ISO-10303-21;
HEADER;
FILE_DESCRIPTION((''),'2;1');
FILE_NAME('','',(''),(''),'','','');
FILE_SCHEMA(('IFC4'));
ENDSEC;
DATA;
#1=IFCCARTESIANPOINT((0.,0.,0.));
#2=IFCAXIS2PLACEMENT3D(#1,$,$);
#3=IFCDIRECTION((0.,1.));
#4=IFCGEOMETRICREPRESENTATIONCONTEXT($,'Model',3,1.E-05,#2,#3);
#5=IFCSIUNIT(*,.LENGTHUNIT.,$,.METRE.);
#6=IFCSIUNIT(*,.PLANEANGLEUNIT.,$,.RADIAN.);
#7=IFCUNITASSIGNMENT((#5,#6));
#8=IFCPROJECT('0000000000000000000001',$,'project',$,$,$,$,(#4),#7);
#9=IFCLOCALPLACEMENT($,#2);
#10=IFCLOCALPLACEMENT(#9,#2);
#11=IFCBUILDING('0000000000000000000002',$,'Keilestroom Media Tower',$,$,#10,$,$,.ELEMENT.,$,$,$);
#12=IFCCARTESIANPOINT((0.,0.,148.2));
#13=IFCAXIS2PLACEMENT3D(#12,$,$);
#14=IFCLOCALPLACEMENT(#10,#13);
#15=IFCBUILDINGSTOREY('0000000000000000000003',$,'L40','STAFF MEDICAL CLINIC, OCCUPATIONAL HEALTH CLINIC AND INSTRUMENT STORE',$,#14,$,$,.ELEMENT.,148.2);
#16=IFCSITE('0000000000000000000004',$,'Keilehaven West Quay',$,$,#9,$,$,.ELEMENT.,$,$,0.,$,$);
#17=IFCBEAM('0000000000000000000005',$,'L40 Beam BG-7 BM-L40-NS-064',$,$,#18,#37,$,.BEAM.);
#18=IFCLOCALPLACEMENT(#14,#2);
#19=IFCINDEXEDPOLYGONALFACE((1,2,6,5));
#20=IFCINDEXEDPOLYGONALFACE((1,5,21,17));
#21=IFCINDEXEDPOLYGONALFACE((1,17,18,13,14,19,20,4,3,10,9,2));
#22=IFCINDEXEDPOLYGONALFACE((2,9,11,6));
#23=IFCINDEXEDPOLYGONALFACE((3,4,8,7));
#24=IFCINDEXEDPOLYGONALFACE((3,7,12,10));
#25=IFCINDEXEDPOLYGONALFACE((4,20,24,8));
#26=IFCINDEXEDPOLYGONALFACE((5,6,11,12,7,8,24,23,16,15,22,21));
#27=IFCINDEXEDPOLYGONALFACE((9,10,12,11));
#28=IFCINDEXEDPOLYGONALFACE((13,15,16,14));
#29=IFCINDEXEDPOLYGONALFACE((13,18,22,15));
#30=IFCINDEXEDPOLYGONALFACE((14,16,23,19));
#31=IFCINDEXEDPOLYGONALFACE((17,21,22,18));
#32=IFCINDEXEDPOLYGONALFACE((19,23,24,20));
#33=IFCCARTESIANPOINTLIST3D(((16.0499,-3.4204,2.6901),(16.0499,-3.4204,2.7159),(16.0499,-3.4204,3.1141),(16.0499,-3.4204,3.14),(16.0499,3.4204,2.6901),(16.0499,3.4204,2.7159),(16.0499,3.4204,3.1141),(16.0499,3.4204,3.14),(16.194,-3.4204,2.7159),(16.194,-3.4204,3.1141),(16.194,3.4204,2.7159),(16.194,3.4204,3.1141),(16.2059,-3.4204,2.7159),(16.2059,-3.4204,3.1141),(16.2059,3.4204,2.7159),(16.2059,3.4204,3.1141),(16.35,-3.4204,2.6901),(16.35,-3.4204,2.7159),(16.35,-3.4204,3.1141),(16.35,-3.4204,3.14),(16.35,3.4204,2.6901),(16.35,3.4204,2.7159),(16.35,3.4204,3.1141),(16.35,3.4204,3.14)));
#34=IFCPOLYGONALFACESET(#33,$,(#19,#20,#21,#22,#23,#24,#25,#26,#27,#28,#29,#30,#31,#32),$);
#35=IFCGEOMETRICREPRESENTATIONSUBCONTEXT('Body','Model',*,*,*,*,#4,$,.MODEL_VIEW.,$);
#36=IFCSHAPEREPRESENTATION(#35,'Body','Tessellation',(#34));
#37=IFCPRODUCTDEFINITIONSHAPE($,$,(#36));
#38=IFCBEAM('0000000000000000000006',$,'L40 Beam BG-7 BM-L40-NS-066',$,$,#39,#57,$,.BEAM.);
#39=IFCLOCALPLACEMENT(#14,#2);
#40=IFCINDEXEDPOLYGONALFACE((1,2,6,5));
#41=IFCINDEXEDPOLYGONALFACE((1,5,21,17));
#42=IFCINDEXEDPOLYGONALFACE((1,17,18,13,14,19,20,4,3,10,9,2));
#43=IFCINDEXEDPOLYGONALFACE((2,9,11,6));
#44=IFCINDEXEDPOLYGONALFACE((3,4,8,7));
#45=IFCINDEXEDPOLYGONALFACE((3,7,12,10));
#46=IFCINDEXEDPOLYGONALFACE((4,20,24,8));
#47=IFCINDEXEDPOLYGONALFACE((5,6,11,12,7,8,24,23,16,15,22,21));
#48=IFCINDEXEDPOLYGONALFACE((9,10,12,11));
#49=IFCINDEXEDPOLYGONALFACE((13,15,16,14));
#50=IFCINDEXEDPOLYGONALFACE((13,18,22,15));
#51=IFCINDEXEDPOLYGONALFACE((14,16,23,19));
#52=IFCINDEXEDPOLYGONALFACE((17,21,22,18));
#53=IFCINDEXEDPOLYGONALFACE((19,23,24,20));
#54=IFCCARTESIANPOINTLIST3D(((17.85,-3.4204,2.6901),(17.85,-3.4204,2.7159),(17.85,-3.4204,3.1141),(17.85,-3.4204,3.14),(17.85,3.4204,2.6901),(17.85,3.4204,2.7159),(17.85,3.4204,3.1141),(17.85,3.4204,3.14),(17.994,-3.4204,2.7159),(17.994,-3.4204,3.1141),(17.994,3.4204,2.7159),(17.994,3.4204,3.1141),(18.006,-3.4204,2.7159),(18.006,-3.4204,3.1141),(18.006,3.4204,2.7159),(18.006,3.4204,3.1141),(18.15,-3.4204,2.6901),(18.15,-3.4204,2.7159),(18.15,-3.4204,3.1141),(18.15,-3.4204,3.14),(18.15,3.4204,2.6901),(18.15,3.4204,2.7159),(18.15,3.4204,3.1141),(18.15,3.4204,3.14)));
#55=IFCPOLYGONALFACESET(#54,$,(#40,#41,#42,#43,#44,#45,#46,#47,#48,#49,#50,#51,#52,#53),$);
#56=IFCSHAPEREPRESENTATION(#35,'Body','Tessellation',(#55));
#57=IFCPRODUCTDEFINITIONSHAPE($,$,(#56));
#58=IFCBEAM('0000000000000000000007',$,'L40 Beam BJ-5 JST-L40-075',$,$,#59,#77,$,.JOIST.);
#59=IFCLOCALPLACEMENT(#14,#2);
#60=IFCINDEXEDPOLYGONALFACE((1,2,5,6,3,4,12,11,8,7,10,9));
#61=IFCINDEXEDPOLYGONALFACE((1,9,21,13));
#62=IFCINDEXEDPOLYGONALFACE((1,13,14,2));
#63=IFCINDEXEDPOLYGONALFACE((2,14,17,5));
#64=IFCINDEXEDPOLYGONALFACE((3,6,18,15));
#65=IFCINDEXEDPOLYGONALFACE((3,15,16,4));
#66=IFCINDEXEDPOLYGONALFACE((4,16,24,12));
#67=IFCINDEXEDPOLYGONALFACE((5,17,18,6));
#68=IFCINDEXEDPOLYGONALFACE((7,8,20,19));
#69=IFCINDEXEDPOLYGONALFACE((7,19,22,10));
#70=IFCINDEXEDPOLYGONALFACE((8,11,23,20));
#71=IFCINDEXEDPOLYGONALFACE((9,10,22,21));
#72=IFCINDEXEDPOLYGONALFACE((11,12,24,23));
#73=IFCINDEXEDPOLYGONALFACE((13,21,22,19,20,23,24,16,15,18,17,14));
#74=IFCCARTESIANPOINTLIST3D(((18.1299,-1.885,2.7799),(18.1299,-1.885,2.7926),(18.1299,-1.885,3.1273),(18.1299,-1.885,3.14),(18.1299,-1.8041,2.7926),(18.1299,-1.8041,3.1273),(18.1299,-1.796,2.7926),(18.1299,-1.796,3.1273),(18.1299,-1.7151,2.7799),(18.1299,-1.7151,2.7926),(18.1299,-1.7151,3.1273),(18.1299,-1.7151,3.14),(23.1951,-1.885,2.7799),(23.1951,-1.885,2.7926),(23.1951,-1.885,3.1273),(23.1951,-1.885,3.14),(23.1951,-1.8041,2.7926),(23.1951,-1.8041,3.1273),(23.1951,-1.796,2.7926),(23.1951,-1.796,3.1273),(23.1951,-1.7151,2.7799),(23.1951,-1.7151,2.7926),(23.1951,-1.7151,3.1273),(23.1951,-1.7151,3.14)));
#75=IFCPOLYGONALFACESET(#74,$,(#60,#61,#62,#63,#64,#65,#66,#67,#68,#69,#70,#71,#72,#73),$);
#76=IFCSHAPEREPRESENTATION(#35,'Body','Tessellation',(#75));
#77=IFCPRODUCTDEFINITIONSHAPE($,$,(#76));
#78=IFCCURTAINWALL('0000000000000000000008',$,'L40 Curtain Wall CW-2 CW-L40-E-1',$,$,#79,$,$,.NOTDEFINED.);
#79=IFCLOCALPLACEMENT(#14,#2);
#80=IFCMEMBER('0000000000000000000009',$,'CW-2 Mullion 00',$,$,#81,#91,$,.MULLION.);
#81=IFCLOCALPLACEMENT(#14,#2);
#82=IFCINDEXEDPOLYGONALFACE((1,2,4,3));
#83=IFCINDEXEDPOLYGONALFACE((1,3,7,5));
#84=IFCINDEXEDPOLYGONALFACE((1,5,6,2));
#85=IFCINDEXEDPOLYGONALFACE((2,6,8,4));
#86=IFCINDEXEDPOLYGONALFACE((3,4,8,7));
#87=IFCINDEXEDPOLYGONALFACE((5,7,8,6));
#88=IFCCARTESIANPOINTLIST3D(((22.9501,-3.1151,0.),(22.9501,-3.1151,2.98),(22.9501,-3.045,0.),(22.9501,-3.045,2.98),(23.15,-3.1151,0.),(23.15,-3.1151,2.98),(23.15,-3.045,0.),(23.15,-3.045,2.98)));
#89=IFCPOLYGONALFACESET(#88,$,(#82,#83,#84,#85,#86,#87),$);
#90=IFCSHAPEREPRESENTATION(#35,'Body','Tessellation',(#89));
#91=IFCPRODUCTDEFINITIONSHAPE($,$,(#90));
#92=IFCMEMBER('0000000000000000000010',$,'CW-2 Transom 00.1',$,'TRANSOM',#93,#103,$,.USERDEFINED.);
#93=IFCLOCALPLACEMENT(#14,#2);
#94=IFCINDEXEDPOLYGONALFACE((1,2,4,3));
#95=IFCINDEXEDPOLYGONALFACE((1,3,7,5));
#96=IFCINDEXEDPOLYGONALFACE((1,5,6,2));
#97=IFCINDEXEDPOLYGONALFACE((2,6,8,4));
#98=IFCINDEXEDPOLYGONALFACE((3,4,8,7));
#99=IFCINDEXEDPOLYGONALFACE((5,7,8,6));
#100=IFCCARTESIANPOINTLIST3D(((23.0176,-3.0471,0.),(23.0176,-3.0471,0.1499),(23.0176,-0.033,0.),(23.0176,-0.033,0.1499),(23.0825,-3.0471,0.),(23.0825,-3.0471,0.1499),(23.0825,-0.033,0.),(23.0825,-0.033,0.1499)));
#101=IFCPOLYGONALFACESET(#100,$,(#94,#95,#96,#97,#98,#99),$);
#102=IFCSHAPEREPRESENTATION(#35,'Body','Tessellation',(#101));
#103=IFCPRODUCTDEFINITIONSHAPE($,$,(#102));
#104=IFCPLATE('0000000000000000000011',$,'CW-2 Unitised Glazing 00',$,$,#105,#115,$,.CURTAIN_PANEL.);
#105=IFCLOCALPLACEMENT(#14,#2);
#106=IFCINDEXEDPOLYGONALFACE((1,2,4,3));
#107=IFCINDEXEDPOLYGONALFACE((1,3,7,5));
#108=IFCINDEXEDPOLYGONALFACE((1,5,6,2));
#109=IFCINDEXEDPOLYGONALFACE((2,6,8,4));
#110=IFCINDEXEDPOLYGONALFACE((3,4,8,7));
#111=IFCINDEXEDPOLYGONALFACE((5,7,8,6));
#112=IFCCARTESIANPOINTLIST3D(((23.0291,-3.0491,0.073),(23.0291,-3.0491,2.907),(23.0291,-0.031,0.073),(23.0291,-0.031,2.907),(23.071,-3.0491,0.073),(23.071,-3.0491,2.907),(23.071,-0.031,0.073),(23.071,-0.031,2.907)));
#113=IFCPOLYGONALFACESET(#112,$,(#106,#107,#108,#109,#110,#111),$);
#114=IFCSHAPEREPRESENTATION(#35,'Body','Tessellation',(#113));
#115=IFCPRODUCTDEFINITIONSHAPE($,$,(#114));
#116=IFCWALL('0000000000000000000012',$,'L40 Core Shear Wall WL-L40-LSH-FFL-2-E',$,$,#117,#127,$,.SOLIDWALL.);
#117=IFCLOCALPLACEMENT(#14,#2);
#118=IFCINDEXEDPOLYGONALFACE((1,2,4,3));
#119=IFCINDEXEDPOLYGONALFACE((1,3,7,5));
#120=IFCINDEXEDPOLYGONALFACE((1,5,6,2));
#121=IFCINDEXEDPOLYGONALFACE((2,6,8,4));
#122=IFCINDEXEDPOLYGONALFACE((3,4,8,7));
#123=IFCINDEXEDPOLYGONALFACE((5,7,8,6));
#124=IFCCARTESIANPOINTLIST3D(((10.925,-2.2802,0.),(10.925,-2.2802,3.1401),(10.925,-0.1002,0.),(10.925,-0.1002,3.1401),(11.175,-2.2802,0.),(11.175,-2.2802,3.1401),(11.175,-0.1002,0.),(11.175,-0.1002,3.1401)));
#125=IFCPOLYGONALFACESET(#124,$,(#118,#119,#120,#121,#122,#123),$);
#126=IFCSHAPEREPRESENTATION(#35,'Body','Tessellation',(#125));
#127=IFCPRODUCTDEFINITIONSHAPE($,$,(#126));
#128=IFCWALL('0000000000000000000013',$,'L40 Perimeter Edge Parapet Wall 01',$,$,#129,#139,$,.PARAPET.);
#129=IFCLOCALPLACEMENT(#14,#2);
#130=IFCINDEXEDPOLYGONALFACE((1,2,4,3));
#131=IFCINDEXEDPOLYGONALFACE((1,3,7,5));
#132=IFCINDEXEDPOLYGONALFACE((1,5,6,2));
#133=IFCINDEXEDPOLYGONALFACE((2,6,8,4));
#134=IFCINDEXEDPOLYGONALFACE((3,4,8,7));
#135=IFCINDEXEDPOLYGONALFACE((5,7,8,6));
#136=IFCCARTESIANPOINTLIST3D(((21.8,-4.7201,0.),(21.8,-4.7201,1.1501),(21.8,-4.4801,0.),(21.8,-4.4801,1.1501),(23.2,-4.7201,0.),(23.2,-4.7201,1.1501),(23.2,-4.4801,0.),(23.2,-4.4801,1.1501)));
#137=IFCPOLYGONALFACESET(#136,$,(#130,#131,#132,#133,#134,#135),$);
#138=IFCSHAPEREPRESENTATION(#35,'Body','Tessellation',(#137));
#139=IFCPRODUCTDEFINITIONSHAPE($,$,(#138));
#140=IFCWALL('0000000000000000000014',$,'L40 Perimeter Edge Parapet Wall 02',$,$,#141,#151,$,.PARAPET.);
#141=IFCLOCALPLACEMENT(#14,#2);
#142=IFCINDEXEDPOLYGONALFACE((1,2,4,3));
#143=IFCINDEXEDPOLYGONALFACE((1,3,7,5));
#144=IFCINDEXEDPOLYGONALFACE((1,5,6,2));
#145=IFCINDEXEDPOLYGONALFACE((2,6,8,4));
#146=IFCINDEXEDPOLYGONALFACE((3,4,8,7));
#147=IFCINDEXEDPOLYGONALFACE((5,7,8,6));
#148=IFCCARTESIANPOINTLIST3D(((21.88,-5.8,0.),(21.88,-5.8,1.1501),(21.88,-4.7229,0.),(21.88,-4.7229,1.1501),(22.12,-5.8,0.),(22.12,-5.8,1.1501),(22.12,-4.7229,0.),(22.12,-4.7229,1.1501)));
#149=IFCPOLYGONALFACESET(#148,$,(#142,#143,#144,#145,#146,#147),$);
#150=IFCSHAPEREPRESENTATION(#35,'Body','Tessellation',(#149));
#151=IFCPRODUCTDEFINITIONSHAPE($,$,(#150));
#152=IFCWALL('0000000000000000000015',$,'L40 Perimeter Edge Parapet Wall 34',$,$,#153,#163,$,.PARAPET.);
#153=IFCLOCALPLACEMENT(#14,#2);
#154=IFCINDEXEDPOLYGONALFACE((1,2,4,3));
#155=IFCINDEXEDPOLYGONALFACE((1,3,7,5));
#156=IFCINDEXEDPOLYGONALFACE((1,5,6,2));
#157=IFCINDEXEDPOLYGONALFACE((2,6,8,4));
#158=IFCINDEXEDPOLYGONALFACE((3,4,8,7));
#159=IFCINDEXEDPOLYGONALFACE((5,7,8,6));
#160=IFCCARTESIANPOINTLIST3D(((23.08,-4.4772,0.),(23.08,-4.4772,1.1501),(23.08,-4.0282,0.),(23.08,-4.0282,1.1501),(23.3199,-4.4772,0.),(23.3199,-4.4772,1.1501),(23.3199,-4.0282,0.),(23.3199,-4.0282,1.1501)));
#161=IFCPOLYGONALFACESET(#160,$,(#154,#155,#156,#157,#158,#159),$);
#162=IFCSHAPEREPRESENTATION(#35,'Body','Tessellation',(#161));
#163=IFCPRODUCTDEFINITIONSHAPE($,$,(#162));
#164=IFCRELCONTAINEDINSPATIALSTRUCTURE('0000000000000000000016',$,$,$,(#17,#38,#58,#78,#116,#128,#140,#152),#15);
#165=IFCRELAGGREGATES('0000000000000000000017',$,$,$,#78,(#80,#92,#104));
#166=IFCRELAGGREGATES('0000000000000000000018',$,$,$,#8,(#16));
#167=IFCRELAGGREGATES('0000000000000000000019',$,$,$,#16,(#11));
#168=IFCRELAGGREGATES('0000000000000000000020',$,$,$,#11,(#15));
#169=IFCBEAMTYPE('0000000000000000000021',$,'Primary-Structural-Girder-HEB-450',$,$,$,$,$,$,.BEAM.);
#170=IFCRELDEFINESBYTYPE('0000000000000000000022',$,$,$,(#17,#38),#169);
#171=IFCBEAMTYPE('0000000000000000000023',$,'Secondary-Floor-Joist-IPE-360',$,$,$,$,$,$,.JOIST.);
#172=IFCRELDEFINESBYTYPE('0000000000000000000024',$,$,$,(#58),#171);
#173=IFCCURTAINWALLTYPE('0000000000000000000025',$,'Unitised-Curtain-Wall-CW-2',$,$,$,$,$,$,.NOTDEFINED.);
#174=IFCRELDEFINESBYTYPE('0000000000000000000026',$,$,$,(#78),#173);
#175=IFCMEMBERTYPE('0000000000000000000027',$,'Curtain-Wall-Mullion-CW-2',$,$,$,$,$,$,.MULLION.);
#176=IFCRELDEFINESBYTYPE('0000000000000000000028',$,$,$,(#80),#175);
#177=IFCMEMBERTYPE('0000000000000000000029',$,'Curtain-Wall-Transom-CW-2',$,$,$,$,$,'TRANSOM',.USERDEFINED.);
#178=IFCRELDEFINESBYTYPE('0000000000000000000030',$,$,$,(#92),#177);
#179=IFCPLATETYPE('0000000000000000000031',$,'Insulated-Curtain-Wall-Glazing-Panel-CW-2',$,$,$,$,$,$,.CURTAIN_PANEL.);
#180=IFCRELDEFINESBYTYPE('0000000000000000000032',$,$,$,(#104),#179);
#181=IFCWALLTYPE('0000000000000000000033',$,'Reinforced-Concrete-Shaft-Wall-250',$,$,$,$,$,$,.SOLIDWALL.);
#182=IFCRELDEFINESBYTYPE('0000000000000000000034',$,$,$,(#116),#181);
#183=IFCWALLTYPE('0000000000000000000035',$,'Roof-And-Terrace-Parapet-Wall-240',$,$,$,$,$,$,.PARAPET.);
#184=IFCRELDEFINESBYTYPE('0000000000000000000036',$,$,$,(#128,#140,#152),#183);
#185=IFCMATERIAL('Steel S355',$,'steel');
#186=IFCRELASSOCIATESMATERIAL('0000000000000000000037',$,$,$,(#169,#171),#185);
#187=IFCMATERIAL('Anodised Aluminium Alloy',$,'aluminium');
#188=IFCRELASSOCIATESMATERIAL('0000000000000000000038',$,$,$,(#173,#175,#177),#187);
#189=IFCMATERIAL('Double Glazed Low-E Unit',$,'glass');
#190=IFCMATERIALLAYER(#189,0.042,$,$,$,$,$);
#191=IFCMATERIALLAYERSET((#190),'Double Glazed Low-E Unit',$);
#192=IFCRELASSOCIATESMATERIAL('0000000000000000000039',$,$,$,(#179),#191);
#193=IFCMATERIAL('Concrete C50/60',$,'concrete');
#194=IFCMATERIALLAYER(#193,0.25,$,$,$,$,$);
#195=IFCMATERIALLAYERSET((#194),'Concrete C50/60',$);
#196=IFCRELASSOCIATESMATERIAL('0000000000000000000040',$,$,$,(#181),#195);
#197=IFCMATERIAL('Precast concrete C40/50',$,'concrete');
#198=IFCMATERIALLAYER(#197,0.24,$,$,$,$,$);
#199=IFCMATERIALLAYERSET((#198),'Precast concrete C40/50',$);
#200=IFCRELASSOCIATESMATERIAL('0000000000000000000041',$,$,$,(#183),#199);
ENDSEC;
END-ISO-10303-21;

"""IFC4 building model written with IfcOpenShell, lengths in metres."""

from ifc_helpers import new_model, si_unit, direction, frame, frame_2d, origin, origin_2d, place, context, subcontext, project, spatial, rectangle, i_section, extrude, source, transform, mapped, material, layer, layer_set, material_profile, profile_set, type_object, element, aggregate, save


model = new_model("IFC4")

# Units and contexts
model_context = context("Model", 3, precision=1e-05, world=origin(), true_north=direction((0.0, 1.0)))
body_context = subcontext(model_context, "Body", "Model", "MODEL_VIEW")
ifc_project = project(units=[si_unit("LENGTHUNIT", "METRE"), si_unit("PLANEANGLEUNIT", "RADIAN")], contexts=[model_context])

# Site, building, storey
site_placement = place(None, origin())
site = spatial("IfcSite", under=ifc_project, at=site_placement, Name="Keilehaven West Quay", CompositionType="ELEMENT", RefElevation=0.0)
building_placement = place(site_placement, origin())
building = spatial("IfcBuilding", under=site, at=building_placement, Name="Keilestroom Media Tower", CompositionType="ELEMENT")
storey_placement = place(building_placement, frame((0.0, 0.0, 148.2)))
storey = spatial("IfcBuildingStorey", under=building, at=storey_placement, Name="L40", Description="STAFF MEDICAL CLINIC, OCCUPATIONAL HEALTH CLINIC AND INSTRUMENT STORE", CompositionType="ELEMENT", Elevation=148.2)

# Shared definitions
ifc_material_1 = material(Name="Precast concrete C40/50", Category="concrete")
ifc_material_2 = material(Name="Steel S355", Category="steel")

# Beams
ifc_material_profile_1 = material_profile(ifc_material_2, i_section(OverallWidth=0.3, OverallDepth=0.45, WebThickness=0.012, FlangeThickness=0.0259, at=origin_2d()), Name="HEB 450")
ifc_profile_set_1 = profile_set([ifc_material_profile_1], Name="Steel S355")
beam_type_1 = type_object("IfcBeamType", Name="Primary-Structural-Girder-HEB-450", PredefinedType="BEAM", material=ifc_profile_set_1)
shared_shape_1 = source(origin(), body_context, "Body", "SweptSolid", [
    extrude(i_section(OverallWidth=0.3, OverallDepth=0.45, WebThickness=0.012, FlangeThickness=0.0259, at=origin_2d()), origin(), (0.0, 0.0, 1.0), 6.8408),
])
for number, where, z_axis, x_axis, name in (
    (1, (16.2, -3.4204, 2.915), (0.0, 1.0, 0.0), (-1.0, 0.0, 0.0), "L40 Beam BG-7 BM-L40-NS-064"),
    (2, (18.0, -3.4204, 2.915), (0.0, 1.0, 0.0), (-1.0, 0.0, 0.0), "L40 Beam BG-7 BM-L40-NS-066"),
):
    element("IfcBeam", number, at=place(storey_placement, frame(where, z_axis=z_axis, x_axis=x_axis)), inside=storey, type_object=beam_type_1, Name=name, PredefinedType="BEAM", context=body_context, shape_type="MappedRepresentation", body=[
        mapped(shared_shape_1, transform((0.0, 0.0, 0.0), x_axis=(1.0, 0.0, 0.0), y_axis=(0.0, 1.0, 0.0), z_axis=(0.0, 0.0, 1.0), scale=1.0)),
    ])
ifc_material_profile_2 = material_profile(ifc_material_2, i_section(OverallWidth=0.1699, OverallDepth=0.3601, WebThickness=0.0081, FlangeThickness=0.0127, at=origin_2d()), Name="IPE 360")
ifc_profile_set_2 = profile_set([ifc_material_profile_2], Name="Steel S355")
beam_type_2 = type_object("IfcBeamType", Name="Secondary-Floor-Joist-IPE-360", PredefinedType="JOIST", material=ifc_profile_set_2)
shared_shape_2 = source(origin(), body_context, "Body", "SweptSolid", [
    extrude(i_section(OverallWidth=0.1699, OverallDepth=0.3601, WebThickness=0.0081, FlangeThickness=0.0127, at=origin_2d()), origin(), (0.0, 0.0, 1.0), 5.0652),
])
beam_1_placement = place(storey_placement, frame((18.1299, -1.8, 2.96), z_axis=(1.0, 0.0, 0.0), x_axis=(0.0, 1.0, 0.0)))
element("IfcBeam", 3, at=beam_1_placement, inside=storey, type_object=beam_type_2, Name="L40 Beam BJ-5 JST-L40-075", PredefinedType="JOIST", context=body_context, shape_type="MappedRepresentation", body=[
    mapped(shared_shape_2, transform((0.0, 0.0, 0.0), x_axis=(1.0, 0.0, 0.0), y_axis=(0.0, 1.0, 0.0), z_axis=(0.0, 0.0, 1.0), scale=1.0)),
])

# Curtain wall, members, plate
ifc_material_3 = material(Name="Anodised Aluminium Alloy", Category="aluminium")
curtain_wall_type = type_object("IfcCurtainWallType", Name="Unitised-Curtain-Wall-CW-2", PredefinedType="NOTDEFINED", material=ifc_material_3)
curtain_wall_placement = place(storey_placement, origin())
curtain_wall = element("IfcCurtainWall", 4, at=curtain_wall_placement, inside=storey, type_object=curtain_wall_type, Name="L40 Curtain Wall CW-2 CW-L40-E-1", PredefinedType="NOTDEFINED")
ifc_material_profile_3 = material_profile(ifc_material_3, rectangle(XDim=0.0701, YDim=0.2, at=origin_2d()), Name="ALU MULLION 70x200")
ifc_profile_set_3 = profile_set([ifc_material_profile_3], Name="Anodised Aluminium Alloy")
member_type_1 = type_object("IfcMemberType", Name="Curtain-Wall-Mullion-CW-2", PredefinedType="MULLION", material=ifc_profile_set_3)
shared_shape_3 = source(origin(), body_context, "Body", "SweptSolid", [
    extrude(rectangle(XDim=0.0701, YDim=0.2, at=origin_2d()), origin(), (0.0, 0.0, 1.0), 2.98),
])
member_1_placement = place(storey_placement, frame((23.05, -3.0801, 0.0), z_axis=(0.0, 0.0, 1.0), x_axis=(0.0, 1.0, 0.0)))
member_1 = element("IfcMember", 5, at=member_1_placement, type_object=member_type_1, Name="CW-2 Mullion 00", PredefinedType="MULLION", context=body_context, shape_type="MappedRepresentation", body=[
    mapped(shared_shape_3, transform((0.0, 0.0, 0.0), x_axis=(1.0, 0.0, 0.0), y_axis=(0.0, 1.0, 0.0), z_axis=(0.0, 0.0, 1.0), scale=1.0)),
])
ifc_material_profile_4 = material_profile(ifc_material_3, rectangle(XDim=0.0649, YDim=0.1499, at=origin_2d()), Name="ALU TRANSOM 65x150")
ifc_profile_set_4 = profile_set([ifc_material_profile_4], Name="Anodised Aluminium Alloy")
member_type_2 = type_object("IfcMemberType", Name="Curtain-Wall-Transom-CW-2", ElementType="TRANSOM", PredefinedType="USERDEFINED", material=ifc_profile_set_4)
shared_shape_4 = source(origin(), body_context, "Body", "SweptSolid", [
    extrude(rectangle(XDim=0.0649, YDim=0.1499, at=origin_2d()), origin(), (0.0, 0.0, 1.0), 3.0142),
])
member_2_placement = place(storey_placement, frame((23.05, -3.0471, 0.075), z_axis=(0.0, 1.0, 0.0), x_axis=(-1.0, 0.0, 0.0)))
member_2 = element("IfcMember", 6, at=member_2_placement, type_object=member_type_2, Name="CW-2 Transom 00.1", ObjectType="TRANSOM", PredefinedType="USERDEFINED", context=body_context, shape_type="MappedRepresentation", body=[
    mapped(shared_shape_4, transform((0.0, 0.0, 0.0), x_axis=(1.0, 0.0, 0.0), y_axis=(0.0, 1.0, 0.0), z_axis=(0.0, 0.0, 1.0), scale=1.0)),
])
ifc_material_4 = material(Name="Double Glazed Low-E Unit", Category="glass")
ifc_layer_1 = layer(ifc_material_4, 0.042)
ifc_layer_set_1 = layer_set([ifc_layer_1], Name="Double Glazed Low-E Unit")
plate_type = type_object("IfcPlateType", Name="Insulated-Curtain-Wall-Glazing-Panel-CW-2", PredefinedType="CURTAIN_PANEL", material=ifc_layer_set_1)
shared_shape_5 = source(origin(), body_context, "Body", "SweptSolid", [
    extrude(rectangle(XDim=3.0181, YDim=0.042, at=origin_2d()), origin(), (0.0, 0.0, 1.0), 2.834),
])
plate_placement = place(storey_placement, frame((23.05, -1.54, 0.073), z_axis=(0.0, 0.0, 1.0), x_axis=(0.0, 1.0, 0.0)))
plate = element("IfcPlate", 7, at=plate_placement, type_object=plate_type, Name="CW-2 Unitised Glazing 00", PredefinedType="CURTAIN_PANEL", context=body_context, shape_type="MappedRepresentation", body=[
    mapped(shared_shape_5, transform((0.0, 0.0, 0.0), x_axis=(1.0, 0.0, 0.0), y_axis=(0.0, 1.0, 0.0), z_axis=(0.0, 0.0, 1.0), scale=1.0)),
])
aggregate(curtain_wall, [member_1, member_2, plate])

# Walls
ifc_material_5 = material(Name="Concrete C50/60", Category="concrete")
ifc_layer_2 = layer(ifc_material_5, 0.25)
ifc_layer_set_2 = layer_set([ifc_layer_2], Name="Concrete C50/60")
wall_type_1 = type_object("IfcWallType", Name="Reinforced-Concrete-Shaft-Wall-250", PredefinedType="SOLIDWALL", material=ifc_layer_set_2)
wall_1_placement = place(storey_placement, frame((11.05, -2.28, 0.0), z_axis=(0.0, 0.0, 1.0), x_axis=(0.0, 1.0, 0.0)))
element("IfcWall", 8, at=wall_1_placement, inside=storey, type_object=wall_type_1, Name="L40 Core Shear Wall WL-L40-LSH-FFL-2-E", PredefinedType="SOLIDWALL", context=body_context, shape_type="SweptSolid", body=[
    extrude(rectangle(XDim=2.1799, YDim=0.25, at=frame_2d((1.0898, 0.0))), origin(), (0.0, 0.0, 1.0), 3.1401),
])
ifc_layer_3 = layer(ifc_material_1, 0.24)
ifc_layer_set_3 = layer_set([ifc_layer_3], Name="Precast concrete C40/50")
wall_type_2 = type_object("IfcWallType", Name="Roof-And-Terrace-Parapet-Wall-240", PredefinedType="PARAPET", material=ifc_layer_set_3)
wall_2_placement = place(storey_placement, frame((23.2, -4.6001, 0.0), z_axis=(0.0, 0.0, 1.0), x_axis=(-1.0, 0.0, 0.0)))
element("IfcWall", 9, at=wall_2_placement, inside=storey, type_object=wall_type_2, Name="L40 Perimeter Edge Parapet Wall 01", PredefinedType="PARAPET", context=body_context, shape_type="SweptSolid", body=[
    extrude(rectangle(XDim=1.3999, YDim=0.24, at=frame_2d((0.7, 0.0))), origin(), (0.0, 0.0, 1.0), 1.1501),
])
wall_3_placement = place(storey_placement, frame((22.0, -4.7229, 0.0), z_axis=(0.0, 0.0, 1.0), x_axis=(0.0, -1.0, 0.0)))
element("IfcWall", 10, at=wall_3_placement, inside=storey, type_object=wall_type_2, Name="L40 Perimeter Edge Parapet Wall 02", PredefinedType="PARAPET", context=body_context, shape_type="SweptSolid", body=[
    extrude(rectangle(XDim=1.0771, YDim=0.24, at=frame_2d((0.5386, 0.0))), origin(), (0.0, 0.0, 1.0), 1.1501),
])
wall_4_placement = place(storey_placement, frame((23.2, -4.0281, 0.0), z_axis=(0.0, 0.0, 1.0), x_axis=(0.0, -1.0, 0.0)))
element("IfcWall", 11, at=wall_4_placement, inside=storey, type_object=wall_type_2, Name="L40 Perimeter Edge Parapet Wall 34", PredefinedType="PARAPET", context=body_context, shape_type="SweptSolid", body=[
    extrude(rectangle(XDim=0.449, YDim=0.24, at=frame_2d((0.2246, 0.0))), origin(), (0.0, 0.0, 1.0), 1.1501),
])

save(model, "model.ifc")
